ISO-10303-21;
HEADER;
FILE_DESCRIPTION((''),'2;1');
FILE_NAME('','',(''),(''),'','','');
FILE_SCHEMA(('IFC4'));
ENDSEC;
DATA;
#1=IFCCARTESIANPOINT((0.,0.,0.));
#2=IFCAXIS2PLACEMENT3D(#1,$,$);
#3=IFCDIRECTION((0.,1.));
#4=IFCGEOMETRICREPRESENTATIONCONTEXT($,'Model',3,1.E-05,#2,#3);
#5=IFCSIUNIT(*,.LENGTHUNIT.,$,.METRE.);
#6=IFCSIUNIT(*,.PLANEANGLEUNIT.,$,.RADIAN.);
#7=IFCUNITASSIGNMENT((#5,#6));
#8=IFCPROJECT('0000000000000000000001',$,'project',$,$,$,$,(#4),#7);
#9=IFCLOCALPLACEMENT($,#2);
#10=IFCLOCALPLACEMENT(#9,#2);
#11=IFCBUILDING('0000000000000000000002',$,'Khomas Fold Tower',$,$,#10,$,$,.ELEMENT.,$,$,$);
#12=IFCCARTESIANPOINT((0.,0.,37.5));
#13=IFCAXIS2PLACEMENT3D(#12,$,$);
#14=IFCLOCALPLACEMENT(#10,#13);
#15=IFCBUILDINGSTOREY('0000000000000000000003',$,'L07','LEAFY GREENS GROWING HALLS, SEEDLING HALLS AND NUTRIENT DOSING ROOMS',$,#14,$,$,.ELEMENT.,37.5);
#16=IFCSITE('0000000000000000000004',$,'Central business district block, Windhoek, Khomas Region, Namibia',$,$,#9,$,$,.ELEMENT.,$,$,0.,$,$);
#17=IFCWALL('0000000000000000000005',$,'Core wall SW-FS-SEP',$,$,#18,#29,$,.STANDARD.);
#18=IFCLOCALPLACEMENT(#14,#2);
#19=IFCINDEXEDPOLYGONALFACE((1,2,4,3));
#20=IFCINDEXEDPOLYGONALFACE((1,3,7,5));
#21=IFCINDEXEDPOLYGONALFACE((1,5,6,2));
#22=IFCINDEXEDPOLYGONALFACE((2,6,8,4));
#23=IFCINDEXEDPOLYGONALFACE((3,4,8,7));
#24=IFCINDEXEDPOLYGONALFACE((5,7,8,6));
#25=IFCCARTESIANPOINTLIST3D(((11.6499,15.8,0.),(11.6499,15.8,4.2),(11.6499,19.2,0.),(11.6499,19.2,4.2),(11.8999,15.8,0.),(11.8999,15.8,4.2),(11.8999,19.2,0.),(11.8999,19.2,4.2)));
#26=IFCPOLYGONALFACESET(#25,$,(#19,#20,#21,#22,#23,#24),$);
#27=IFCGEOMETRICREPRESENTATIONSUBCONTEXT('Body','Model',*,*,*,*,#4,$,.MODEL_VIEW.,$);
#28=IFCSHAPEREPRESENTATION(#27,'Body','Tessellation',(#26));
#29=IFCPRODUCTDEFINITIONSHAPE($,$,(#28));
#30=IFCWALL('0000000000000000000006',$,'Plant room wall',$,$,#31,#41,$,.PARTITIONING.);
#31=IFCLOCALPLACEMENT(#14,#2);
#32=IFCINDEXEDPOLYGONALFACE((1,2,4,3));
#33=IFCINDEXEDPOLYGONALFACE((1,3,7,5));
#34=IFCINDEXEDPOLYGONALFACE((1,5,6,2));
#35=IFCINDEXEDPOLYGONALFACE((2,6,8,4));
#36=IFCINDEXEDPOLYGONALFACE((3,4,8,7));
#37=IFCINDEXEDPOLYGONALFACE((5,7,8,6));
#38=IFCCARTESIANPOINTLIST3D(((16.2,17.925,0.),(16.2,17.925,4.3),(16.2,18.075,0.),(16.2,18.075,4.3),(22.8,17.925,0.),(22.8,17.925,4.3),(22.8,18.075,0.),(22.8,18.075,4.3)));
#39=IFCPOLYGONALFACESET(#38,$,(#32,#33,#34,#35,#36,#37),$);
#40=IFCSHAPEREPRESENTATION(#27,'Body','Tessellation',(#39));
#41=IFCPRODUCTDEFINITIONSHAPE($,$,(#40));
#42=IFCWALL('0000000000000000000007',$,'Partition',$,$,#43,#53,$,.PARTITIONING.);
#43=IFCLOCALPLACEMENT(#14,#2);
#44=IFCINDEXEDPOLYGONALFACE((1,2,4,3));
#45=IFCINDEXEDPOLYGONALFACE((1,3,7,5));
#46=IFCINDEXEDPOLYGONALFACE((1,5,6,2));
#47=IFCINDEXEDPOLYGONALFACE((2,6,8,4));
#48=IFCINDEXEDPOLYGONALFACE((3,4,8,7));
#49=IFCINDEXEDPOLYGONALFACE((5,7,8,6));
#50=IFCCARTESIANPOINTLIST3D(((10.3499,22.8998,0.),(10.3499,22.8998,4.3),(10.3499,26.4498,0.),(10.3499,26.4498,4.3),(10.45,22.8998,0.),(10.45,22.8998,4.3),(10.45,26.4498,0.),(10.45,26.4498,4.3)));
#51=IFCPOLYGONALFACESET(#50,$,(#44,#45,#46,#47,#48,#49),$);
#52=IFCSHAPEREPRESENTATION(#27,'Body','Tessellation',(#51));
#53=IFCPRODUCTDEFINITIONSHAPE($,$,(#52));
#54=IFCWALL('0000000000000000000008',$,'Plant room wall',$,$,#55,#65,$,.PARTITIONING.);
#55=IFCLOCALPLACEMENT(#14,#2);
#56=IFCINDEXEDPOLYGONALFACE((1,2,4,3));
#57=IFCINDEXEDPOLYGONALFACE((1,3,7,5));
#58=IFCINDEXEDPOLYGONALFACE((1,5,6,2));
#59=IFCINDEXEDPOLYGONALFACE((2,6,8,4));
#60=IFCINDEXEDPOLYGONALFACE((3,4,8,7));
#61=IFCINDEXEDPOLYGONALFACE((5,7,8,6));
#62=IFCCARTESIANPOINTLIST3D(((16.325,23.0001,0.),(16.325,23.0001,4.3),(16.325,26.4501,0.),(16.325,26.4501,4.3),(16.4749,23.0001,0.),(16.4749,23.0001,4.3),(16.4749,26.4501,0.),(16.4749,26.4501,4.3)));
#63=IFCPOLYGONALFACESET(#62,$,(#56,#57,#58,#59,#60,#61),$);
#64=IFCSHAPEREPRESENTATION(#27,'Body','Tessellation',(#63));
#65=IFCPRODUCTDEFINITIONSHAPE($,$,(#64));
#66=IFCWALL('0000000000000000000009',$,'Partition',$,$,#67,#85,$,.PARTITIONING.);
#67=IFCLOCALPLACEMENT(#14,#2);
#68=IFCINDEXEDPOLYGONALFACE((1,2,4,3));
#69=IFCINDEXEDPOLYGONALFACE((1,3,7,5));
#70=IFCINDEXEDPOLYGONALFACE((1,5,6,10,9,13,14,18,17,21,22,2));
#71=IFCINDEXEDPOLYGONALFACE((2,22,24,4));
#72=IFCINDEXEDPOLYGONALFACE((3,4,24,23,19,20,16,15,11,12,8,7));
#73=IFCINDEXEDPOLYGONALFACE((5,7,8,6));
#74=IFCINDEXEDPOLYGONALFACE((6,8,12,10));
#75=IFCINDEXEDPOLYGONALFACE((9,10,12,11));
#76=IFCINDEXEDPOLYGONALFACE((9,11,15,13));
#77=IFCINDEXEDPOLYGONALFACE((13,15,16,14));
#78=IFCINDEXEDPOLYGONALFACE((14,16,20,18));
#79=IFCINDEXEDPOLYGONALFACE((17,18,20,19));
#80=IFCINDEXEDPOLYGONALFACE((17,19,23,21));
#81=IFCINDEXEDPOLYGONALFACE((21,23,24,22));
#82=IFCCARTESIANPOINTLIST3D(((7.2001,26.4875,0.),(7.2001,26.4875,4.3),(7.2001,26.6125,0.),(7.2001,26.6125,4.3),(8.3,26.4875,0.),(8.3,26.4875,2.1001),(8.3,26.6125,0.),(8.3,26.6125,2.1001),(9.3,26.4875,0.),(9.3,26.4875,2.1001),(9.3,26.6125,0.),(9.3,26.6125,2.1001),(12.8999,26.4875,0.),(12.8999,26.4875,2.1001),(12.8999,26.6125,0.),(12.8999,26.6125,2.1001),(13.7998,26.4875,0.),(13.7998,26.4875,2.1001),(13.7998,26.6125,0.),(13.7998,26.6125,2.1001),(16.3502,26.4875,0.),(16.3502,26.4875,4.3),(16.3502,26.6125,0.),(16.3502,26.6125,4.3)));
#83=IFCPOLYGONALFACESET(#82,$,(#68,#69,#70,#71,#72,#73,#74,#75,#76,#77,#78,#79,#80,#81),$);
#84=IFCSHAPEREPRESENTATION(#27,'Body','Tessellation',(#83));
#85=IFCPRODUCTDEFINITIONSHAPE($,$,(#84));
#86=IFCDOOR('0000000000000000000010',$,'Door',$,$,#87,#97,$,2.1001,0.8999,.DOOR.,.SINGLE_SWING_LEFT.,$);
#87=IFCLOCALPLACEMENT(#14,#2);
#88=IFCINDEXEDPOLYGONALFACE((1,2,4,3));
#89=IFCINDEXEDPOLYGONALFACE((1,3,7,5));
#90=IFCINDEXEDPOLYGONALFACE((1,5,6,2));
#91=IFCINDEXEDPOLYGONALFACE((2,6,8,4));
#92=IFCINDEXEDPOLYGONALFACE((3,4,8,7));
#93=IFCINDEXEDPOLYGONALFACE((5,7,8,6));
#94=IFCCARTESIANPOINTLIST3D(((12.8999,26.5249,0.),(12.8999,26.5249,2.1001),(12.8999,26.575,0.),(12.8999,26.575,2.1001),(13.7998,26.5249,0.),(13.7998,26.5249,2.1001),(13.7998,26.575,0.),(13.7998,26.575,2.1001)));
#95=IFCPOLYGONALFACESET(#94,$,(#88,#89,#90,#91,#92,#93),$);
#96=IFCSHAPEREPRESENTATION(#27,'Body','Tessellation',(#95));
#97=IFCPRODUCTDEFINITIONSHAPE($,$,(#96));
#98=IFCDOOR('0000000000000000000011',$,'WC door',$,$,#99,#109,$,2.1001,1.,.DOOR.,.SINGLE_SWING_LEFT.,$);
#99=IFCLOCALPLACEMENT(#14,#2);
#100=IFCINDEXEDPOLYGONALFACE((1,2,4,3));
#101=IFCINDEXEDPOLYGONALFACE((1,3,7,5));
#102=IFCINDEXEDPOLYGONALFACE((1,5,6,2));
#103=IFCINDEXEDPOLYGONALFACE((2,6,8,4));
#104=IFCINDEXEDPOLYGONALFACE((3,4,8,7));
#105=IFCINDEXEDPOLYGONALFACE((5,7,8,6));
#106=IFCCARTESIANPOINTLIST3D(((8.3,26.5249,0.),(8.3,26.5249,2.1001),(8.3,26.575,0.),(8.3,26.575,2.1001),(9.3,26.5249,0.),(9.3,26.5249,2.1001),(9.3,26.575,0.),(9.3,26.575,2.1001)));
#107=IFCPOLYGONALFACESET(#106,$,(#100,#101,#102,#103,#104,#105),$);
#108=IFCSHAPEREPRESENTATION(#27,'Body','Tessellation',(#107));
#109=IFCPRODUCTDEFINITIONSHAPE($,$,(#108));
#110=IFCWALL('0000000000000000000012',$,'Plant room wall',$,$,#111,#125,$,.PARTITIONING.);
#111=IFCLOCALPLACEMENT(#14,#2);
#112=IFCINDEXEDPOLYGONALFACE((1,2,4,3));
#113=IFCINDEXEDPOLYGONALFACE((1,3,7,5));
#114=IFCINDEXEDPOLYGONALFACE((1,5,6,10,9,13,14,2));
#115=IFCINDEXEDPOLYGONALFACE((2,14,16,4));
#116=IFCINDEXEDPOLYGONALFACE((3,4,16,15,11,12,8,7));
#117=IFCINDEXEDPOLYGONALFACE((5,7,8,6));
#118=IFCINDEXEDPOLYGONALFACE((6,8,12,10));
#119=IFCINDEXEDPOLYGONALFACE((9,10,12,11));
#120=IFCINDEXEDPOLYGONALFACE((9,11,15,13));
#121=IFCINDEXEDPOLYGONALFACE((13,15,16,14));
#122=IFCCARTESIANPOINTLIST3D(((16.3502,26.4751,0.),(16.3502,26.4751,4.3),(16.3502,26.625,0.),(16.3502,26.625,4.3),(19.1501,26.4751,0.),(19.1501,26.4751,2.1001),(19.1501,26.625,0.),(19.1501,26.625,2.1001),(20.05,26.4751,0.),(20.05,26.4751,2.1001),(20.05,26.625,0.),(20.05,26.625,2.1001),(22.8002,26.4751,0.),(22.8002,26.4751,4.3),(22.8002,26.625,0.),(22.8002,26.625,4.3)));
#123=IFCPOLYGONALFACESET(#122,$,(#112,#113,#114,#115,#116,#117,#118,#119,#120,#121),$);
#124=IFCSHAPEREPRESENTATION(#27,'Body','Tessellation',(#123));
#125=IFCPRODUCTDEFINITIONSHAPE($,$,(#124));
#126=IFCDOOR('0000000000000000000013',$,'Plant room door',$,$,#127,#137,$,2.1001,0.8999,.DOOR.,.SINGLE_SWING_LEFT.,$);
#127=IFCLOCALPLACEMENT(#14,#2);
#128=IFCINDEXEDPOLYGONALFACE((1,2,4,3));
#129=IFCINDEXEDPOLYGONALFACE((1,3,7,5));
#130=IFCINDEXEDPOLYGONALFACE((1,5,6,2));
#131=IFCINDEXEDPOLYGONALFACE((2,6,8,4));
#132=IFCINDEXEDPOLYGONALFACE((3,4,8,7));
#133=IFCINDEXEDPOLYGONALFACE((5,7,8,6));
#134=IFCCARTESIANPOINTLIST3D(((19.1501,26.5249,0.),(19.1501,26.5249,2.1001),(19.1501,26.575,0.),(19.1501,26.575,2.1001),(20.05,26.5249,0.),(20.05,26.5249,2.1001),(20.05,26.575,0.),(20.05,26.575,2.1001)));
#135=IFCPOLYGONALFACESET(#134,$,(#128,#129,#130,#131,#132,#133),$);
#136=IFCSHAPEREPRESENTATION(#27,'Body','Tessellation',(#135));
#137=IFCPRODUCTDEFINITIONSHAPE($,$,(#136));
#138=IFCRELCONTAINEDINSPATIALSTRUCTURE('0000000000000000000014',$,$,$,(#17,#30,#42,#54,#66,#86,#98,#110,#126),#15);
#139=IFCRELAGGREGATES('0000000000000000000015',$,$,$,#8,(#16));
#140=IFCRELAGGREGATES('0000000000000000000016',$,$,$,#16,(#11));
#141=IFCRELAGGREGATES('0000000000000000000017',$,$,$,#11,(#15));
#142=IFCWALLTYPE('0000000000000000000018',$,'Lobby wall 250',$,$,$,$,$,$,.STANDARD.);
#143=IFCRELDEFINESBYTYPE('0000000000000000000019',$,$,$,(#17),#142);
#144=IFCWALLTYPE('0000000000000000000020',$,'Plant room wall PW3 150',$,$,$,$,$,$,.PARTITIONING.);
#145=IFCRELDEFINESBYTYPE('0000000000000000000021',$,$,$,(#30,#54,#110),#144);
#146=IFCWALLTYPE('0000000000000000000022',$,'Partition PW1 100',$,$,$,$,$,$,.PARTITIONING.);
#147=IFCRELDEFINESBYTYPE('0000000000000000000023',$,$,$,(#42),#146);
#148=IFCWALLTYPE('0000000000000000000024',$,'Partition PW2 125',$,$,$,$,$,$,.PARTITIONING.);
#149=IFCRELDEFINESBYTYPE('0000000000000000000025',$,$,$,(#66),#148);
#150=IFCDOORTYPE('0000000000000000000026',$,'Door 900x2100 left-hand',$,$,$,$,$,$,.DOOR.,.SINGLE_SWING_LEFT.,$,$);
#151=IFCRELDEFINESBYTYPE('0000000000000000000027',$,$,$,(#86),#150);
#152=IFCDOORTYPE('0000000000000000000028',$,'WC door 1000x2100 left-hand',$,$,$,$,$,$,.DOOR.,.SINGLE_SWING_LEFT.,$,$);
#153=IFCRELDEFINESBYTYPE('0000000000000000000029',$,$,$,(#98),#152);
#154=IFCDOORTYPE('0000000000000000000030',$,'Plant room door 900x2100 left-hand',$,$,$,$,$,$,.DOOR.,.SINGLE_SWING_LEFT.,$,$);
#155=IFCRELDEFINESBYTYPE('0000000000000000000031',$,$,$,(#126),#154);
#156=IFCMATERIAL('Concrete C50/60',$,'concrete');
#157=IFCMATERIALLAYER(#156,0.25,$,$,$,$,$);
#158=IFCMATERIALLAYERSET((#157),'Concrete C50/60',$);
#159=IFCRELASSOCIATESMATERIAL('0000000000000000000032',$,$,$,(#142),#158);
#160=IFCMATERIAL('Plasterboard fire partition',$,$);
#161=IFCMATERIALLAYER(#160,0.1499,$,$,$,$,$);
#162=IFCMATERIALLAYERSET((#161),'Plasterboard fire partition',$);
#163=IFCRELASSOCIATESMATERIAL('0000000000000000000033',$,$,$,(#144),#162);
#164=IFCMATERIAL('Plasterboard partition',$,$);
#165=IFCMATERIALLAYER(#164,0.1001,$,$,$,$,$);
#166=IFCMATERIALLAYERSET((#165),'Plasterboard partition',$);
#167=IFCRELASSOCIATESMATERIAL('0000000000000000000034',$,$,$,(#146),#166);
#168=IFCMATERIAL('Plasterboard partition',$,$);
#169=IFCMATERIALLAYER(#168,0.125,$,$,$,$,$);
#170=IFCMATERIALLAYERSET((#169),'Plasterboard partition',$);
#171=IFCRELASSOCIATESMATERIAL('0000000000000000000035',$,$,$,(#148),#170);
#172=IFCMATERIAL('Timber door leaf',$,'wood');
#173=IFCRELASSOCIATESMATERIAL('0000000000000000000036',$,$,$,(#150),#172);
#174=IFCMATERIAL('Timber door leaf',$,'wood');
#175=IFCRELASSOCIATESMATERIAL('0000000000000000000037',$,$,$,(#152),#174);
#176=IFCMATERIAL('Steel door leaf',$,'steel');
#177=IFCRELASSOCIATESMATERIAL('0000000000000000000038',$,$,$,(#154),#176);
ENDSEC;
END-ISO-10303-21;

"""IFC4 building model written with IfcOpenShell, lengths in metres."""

from ifc_helpers import new_model, si_unit, direction, frame, frame_2d, origin, place, context, subcontext, project, spatial, rectangle, extrude, source, transform, mapped, material, layer, layer_set, type_object, element, fill, save


model = new_model("IFC4")

# Units and contexts
model_context = context("Model", 3, precision=1e-05, world=origin(), true_north=direction((0.0, 1.0)))
body_context = subcontext(model_context, "Body", "Model", "MODEL_VIEW")
ifc_project = project(units=[si_unit("LENGTHUNIT", "METRE"), si_unit("PLANEANGLEUNIT", "RADIAN")], contexts=[model_context])

# Site, building, storey
site_placement = place(None, origin())
site = spatial("IfcSite", under=ifc_project, at=site_placement, Name="Central business district block, Windhoek, Khomas Region, Namibia", CompositionType="ELEMENT", RefElevation=0.0)
building_placement = place(site_placement, origin())
building = spatial("IfcBuilding", under=site, at=building_placement, Name="Khomas Fold Tower", CompositionType="ELEMENT")
storey_placement = place(building_placement, frame((0.0, 0.0, 37.5)))
storey = spatial("IfcBuildingStorey", under=building, at=storey_placement, Name="L07", Description="LEAFY GREENS GROWING HALLS, SEEDLING HALLS AND NUTRIENT DOSING ROOMS", CompositionType="ELEMENT", Elevation=37.5)

# Walls
ifc_material_1 = material(Name="Concrete C50/60", Category="concrete")
ifc_layer_1 = layer(ifc_material_1, 0.25)
ifc_layer_set_1 = layer_set([ifc_layer_1], Name="Concrete C50/60")
wall_type_1 = type_object("IfcWallType", Name="Lobby wall 250", PredefinedType="STANDARD", material=ifc_layer_set_1)
shared_shape_1 = source(origin(), body_context, "Body", "SweptSolid", [
    extrude(rectangle(XDim=3.3999, YDim=0.25, at=frame_2d((1.7, 0.0))), origin(), (0.0, 0.0, 1.0), 4.2),
])
for number, where, z_axis, x_axis, name in (
    (1, (11.7749, 15.8, 0.0), (0.0, 0.0, 1.0), (0.0, 1.0, 0.0), "Core wall SW-FS-SEP"),
):
    element("IfcWall", number, at=place(storey_placement, frame(where, z_axis=z_axis, x_axis=x_axis)), inside=storey, type_object=wall_type_1, Name=name, PredefinedType="STANDARD", context=body_context, shape_type="MappedRepresentation", body=[
        mapped(shared_shape_1, transform((0.0, 0.0, 0.0))),
    ])
ifc_material_2 = material(Name="Plasterboard fire partition")
ifc_layer_2 = layer(ifc_material_2, 0.1499)
ifc_layer_set_2 = layer_set([ifc_layer_2], Name="Plasterboard fire partition")
wall_type_2 = type_object("IfcWallType", Name="Plant room wall PW3 150", PredefinedType="PARTITIONING", material=ifc_layer_set_2)
shared_shape_2 = source(origin(), body_context, "Body", "SweptSolid", [
    extrude(rectangle(XDim=6.6001, YDim=0.1499, at=frame_2d((3.3, 0.0))), origin(), (0.0, 0.0, 1.0), 4.3),
])
wall_1_placement = place(storey_placement, frame((16.2, 18.0, 0.0), z_axis=(0.0, 0.0, 1.0), x_axis=(1.0, 0.0, 0.0)))
element("IfcWall", 2, at=wall_1_placement, inside=storey, type_object=wall_type_2, Name="Plant room wall", PredefinedType="PARTITIONING", context=body_context, shape_type="MappedRepresentation", body=[
    mapped(shared_shape_2, transform((0.0, 0.0, 0.0))),
])
ifc_material_3 = material(Name="Plasterboard partition")
ifc_layer_3 = layer(ifc_material_3, 0.1001)
ifc_layer_set_3 = layer_set([ifc_layer_3], Name="Plasterboard partition")
wall_type_3 = type_object("IfcWallType", Name="Partition PW1 100", PredefinedType="PARTITIONING", material=ifc_layer_set_3)
shared_shape_3 = source(origin(), body_context, "Body", "SweptSolid", [
    extrude(rectangle(XDim=3.55, YDim=0.1001, at=frame_2d((1.7749, 0.0))), origin(), (0.0, 0.0, 1.0), 4.3),
])
wall_2_placement = place(storey_placement, frame((10.3999, 22.8999, 0.0), z_axis=(0.0, 0.0, 1.0), x_axis=(0.0, 1.0, 0.0)))
element("IfcWall", 3, at=wall_2_placement, inside=storey, type_object=wall_type_3, Name="Partition", PredefinedType="PARTITIONING", context=body_context, shape_type="MappedRepresentation", body=[
    mapped(shared_shape_3, transform((0.0, 0.0, 0.0))),
])
shared_shape_4 = source(origin(), body_context, "Body", "SweptSolid", [
    extrude(rectangle(XDim=3.45, YDim=0.1499, at=frame_2d((1.7251, 0.0))), origin(), (0.0, 0.0, 1.0), 4.3),
])
wall_3_placement = place(storey_placement, frame((16.3999, 23.0, 0.0), z_axis=(0.0, 0.0, 1.0), x_axis=(0.0, 1.0, 0.0)))
element("IfcWall", 4, at=wall_3_placement, inside=storey, type_object=wall_type_2, Name="Plant room wall", PredefinedType="PARTITIONING", context=body_context, shape_type="MappedRepresentation", body=[
    mapped(shared_shape_4, transform((0.0, 0.0, 0.0))),
])

# Wall, openings, doors
ifc_material_4 = material(Name="Plasterboard partition")
ifc_layer_4 = layer(ifc_material_4, 0.125)
ifc_layer_set_4 = layer_set([ifc_layer_4], Name="Plasterboard partition")
wall_type_4 = type_object("IfcWallType", Name="Partition PW2 125", PredefinedType="PARTITIONING", material=ifc_layer_set_4)
shared_shape_5 = source(origin(), body_context, "Body", "SweptSolid", [
    extrude(rectangle(XDim=9.1501, YDim=0.125, at=frame_2d((4.5752, 0.0))), origin(), (0.0, 0.0, 1.0), 4.3),
])
wall_4_placement = place(storey_placement, frame((7.2, 26.55, 0.0), z_axis=(0.0, 0.0, 1.0), x_axis=(1.0, 0.0, 0.0)))
wall_4 = element("IfcWall", 5, at=wall_4_placement, inside=storey, type_object=wall_type_4, Name="Partition", PredefinedType="PARTITIONING", context=body_context, shape_type="MappedRepresentation", body=[
    mapped(shared_shape_5, transform((0.0, 0.0, 0.0))),
])
shared_shape_6 = source(origin(), body_context, "Body", "SweptSolid", [
    extrude(rectangle(XDim=1.0, YDim=2.1001, at=frame_2d((0.5, 1.05))), frame((0.0, 0.0725, 0.0), z_axis=(0.0, -1.0, 0.0), x_axis=(1.0, 0.0, 0.0)), (0.0, 0.0, 1.0), 0.145),
])
opening_1_placement = place(wall_4_placement, frame((1.1001, 0.0, 0.0)))
opening_1 = element("IfcOpeningElement", 6, at=opening_1_placement, cuts=wall_4, PredefinedType="OPENING", context=body_context, shape_type="MappedRepresentation", body=[
    mapped(shared_shape_6, transform((0.0, 0.0, 0.0))),
])
shared_shape_7 = source(origin(), body_context, "Body", "SweptSolid", [
    extrude(rectangle(XDim=0.8999, YDim=2.1001, at=frame_2d((0.45, 1.05))), frame((0.0, 0.0725, 0.0), z_axis=(0.0, -1.0, 0.0), x_axis=(1.0, 0.0, 0.0)), (0.0, 0.0, 1.0), 0.145),
])
opening_2_placement = place(wall_4_placement, frame((5.7, 0.0, 0.0)))
opening_2 = element("IfcOpeningElement", 7, at=opening_2_placement, cuts=wall_4, PredefinedType="OPENING", context=body_context, shape_type="MappedRepresentation", body=[
    mapped(shared_shape_7, transform((0.0, 0.0, 0.0))),
])
ifc_material_5 = material(Name="Timber door leaf", Category="wood")
door_type_1 = type_object("IfcDoorType", Name="Door 900x2100 left-hand", OperationType="SINGLE_SWING_LEFT", PredefinedType="DOOR", material=ifc_material_5)
shared_shape_8 = source(origin(), body_context, "Body", "SweptSolid", [
    extrude(rectangle(XDim=0.8999, YDim=2.1001, at=frame_2d((0.45, 1.05))), frame((0.0, 0.0249, 0.0), z_axis=(0.0, -1.0, 0.0), x_axis=(1.0, 0.0, 0.0)), (0.0, 0.0, 1.0), 0.05),
])
door_1_placement = place(opening_2_placement, origin())
door_1 = element("IfcDoor", 8, at=door_1_placement, inside=storey, type_object=door_type_1, Name="Door", OperationType="SINGLE_SWING_LEFT", OverallHeight=2.1001, OverallWidth=0.8999, PredefinedType="DOOR", context=body_context, shape_type="MappedRepresentation", body=[
    mapped(shared_shape_8, transform((0.0, 0.0, 0.0))),
])
fill(opening_2, door_1)
ifc_material_6 = material(Name="Timber door leaf", Category="wood")
door_type_2 = type_object("IfcDoorType", Name="WC door 1000x2100 left-hand", OperationType="SINGLE_SWING_LEFT", PredefinedType="DOOR", material=ifc_material_6)
shared_shape_9 = source(origin(), body_context, "Body", "SweptSolid", [
    extrude(rectangle(XDim=1.0, YDim=2.1001, at=frame_2d((0.5, 1.05))), frame((0.0, 0.0249, 0.0), z_axis=(0.0, -1.0, 0.0), x_axis=(1.0, 0.0, 0.0)), (0.0, 0.0, 1.0), 0.05),
])
door_2_placement = place(opening_1_placement, origin())
door_2 = element("IfcDoor", 9, at=door_2_placement, inside=storey, type_object=door_type_2, Name="WC door", OperationType="SINGLE_SWING_LEFT", OverallHeight=2.1001, OverallWidth=1.0, PredefinedType="DOOR", context=body_context, shape_type="MappedRepresentation", body=[
    mapped(shared_shape_9, transform((0.0, 0.0, 0.0))),
])
fill(opening_1, door_2)

# Wall, opening, door
shared_shape_10 = source(origin(), body_context, "Body", "SweptSolid", [
    extrude(rectangle(XDim=6.45, YDim=0.1499, at=frame_2d((3.2251, 0.0))), origin(), (0.0, 0.0, 1.0), 4.3),
])
wall_5_placement = place(storey_placement, frame((16.3501, 26.55, 0.0), z_axis=(0.0, 0.0, 1.0), x_axis=(1.0, 0.0, 0.0)))
wall_5 = element("IfcWall", 10, at=wall_5_placement, inside=storey, type_object=wall_type_2, Name="Plant room wall", PredefinedType="PARTITIONING", context=body_context, shape_type="MappedRepresentation", body=[
    mapped(shared_shape_10, transform((0.0, 0.0, 0.0))),
])
shared_shape_11 = source(origin(), body_context, "Body", "SweptSolid", [
    extrude(rectangle(XDim=0.8999, YDim=2.1001, at=frame_2d((0.45, 1.05))), frame((0.0, 0.085, 0.0), z_axis=(0.0, -1.0, 0.0), x_axis=(1.0, 0.0, 0.0)), (0.0, 0.0, 1.0), 0.1699),
])
opening_3_placement = place(wall_5_placement, frame((2.8, 0.0, 0.0)))
opening_3 = element("IfcOpeningElement", 11, at=opening_3_placement, cuts=wall_5, PredefinedType="OPENING", context=body_context, shape_type="MappedRepresentation", body=[
    mapped(shared_shape_11, transform((0.0, 0.0, 0.0))),
])
ifc_material_7 = material(Name="Steel door leaf", Category="steel")
door_type_3 = type_object("IfcDoorType", Name="Plant room door 900x2100 left-hand", OperationType="SINGLE_SWING_LEFT", PredefinedType="DOOR", material=ifc_material_7)
door_3_placement = place(opening_3_placement, origin())
door_3 = element("IfcDoor", 12, at=door_3_placement, inside=storey, type_object=door_type_3, Name="Plant room door", OperationType="SINGLE_SWING_LEFT", OverallHeight=2.1001, OverallWidth=0.8999, PredefinedType="DOOR", context=body_context, shape_type="MappedRepresentation", body=[
    mapped(shared_shape_8, transform((0.0, 0.0, 0.0))),
])
fill(opening_3, door_3)

save(model, "model.ifc")
